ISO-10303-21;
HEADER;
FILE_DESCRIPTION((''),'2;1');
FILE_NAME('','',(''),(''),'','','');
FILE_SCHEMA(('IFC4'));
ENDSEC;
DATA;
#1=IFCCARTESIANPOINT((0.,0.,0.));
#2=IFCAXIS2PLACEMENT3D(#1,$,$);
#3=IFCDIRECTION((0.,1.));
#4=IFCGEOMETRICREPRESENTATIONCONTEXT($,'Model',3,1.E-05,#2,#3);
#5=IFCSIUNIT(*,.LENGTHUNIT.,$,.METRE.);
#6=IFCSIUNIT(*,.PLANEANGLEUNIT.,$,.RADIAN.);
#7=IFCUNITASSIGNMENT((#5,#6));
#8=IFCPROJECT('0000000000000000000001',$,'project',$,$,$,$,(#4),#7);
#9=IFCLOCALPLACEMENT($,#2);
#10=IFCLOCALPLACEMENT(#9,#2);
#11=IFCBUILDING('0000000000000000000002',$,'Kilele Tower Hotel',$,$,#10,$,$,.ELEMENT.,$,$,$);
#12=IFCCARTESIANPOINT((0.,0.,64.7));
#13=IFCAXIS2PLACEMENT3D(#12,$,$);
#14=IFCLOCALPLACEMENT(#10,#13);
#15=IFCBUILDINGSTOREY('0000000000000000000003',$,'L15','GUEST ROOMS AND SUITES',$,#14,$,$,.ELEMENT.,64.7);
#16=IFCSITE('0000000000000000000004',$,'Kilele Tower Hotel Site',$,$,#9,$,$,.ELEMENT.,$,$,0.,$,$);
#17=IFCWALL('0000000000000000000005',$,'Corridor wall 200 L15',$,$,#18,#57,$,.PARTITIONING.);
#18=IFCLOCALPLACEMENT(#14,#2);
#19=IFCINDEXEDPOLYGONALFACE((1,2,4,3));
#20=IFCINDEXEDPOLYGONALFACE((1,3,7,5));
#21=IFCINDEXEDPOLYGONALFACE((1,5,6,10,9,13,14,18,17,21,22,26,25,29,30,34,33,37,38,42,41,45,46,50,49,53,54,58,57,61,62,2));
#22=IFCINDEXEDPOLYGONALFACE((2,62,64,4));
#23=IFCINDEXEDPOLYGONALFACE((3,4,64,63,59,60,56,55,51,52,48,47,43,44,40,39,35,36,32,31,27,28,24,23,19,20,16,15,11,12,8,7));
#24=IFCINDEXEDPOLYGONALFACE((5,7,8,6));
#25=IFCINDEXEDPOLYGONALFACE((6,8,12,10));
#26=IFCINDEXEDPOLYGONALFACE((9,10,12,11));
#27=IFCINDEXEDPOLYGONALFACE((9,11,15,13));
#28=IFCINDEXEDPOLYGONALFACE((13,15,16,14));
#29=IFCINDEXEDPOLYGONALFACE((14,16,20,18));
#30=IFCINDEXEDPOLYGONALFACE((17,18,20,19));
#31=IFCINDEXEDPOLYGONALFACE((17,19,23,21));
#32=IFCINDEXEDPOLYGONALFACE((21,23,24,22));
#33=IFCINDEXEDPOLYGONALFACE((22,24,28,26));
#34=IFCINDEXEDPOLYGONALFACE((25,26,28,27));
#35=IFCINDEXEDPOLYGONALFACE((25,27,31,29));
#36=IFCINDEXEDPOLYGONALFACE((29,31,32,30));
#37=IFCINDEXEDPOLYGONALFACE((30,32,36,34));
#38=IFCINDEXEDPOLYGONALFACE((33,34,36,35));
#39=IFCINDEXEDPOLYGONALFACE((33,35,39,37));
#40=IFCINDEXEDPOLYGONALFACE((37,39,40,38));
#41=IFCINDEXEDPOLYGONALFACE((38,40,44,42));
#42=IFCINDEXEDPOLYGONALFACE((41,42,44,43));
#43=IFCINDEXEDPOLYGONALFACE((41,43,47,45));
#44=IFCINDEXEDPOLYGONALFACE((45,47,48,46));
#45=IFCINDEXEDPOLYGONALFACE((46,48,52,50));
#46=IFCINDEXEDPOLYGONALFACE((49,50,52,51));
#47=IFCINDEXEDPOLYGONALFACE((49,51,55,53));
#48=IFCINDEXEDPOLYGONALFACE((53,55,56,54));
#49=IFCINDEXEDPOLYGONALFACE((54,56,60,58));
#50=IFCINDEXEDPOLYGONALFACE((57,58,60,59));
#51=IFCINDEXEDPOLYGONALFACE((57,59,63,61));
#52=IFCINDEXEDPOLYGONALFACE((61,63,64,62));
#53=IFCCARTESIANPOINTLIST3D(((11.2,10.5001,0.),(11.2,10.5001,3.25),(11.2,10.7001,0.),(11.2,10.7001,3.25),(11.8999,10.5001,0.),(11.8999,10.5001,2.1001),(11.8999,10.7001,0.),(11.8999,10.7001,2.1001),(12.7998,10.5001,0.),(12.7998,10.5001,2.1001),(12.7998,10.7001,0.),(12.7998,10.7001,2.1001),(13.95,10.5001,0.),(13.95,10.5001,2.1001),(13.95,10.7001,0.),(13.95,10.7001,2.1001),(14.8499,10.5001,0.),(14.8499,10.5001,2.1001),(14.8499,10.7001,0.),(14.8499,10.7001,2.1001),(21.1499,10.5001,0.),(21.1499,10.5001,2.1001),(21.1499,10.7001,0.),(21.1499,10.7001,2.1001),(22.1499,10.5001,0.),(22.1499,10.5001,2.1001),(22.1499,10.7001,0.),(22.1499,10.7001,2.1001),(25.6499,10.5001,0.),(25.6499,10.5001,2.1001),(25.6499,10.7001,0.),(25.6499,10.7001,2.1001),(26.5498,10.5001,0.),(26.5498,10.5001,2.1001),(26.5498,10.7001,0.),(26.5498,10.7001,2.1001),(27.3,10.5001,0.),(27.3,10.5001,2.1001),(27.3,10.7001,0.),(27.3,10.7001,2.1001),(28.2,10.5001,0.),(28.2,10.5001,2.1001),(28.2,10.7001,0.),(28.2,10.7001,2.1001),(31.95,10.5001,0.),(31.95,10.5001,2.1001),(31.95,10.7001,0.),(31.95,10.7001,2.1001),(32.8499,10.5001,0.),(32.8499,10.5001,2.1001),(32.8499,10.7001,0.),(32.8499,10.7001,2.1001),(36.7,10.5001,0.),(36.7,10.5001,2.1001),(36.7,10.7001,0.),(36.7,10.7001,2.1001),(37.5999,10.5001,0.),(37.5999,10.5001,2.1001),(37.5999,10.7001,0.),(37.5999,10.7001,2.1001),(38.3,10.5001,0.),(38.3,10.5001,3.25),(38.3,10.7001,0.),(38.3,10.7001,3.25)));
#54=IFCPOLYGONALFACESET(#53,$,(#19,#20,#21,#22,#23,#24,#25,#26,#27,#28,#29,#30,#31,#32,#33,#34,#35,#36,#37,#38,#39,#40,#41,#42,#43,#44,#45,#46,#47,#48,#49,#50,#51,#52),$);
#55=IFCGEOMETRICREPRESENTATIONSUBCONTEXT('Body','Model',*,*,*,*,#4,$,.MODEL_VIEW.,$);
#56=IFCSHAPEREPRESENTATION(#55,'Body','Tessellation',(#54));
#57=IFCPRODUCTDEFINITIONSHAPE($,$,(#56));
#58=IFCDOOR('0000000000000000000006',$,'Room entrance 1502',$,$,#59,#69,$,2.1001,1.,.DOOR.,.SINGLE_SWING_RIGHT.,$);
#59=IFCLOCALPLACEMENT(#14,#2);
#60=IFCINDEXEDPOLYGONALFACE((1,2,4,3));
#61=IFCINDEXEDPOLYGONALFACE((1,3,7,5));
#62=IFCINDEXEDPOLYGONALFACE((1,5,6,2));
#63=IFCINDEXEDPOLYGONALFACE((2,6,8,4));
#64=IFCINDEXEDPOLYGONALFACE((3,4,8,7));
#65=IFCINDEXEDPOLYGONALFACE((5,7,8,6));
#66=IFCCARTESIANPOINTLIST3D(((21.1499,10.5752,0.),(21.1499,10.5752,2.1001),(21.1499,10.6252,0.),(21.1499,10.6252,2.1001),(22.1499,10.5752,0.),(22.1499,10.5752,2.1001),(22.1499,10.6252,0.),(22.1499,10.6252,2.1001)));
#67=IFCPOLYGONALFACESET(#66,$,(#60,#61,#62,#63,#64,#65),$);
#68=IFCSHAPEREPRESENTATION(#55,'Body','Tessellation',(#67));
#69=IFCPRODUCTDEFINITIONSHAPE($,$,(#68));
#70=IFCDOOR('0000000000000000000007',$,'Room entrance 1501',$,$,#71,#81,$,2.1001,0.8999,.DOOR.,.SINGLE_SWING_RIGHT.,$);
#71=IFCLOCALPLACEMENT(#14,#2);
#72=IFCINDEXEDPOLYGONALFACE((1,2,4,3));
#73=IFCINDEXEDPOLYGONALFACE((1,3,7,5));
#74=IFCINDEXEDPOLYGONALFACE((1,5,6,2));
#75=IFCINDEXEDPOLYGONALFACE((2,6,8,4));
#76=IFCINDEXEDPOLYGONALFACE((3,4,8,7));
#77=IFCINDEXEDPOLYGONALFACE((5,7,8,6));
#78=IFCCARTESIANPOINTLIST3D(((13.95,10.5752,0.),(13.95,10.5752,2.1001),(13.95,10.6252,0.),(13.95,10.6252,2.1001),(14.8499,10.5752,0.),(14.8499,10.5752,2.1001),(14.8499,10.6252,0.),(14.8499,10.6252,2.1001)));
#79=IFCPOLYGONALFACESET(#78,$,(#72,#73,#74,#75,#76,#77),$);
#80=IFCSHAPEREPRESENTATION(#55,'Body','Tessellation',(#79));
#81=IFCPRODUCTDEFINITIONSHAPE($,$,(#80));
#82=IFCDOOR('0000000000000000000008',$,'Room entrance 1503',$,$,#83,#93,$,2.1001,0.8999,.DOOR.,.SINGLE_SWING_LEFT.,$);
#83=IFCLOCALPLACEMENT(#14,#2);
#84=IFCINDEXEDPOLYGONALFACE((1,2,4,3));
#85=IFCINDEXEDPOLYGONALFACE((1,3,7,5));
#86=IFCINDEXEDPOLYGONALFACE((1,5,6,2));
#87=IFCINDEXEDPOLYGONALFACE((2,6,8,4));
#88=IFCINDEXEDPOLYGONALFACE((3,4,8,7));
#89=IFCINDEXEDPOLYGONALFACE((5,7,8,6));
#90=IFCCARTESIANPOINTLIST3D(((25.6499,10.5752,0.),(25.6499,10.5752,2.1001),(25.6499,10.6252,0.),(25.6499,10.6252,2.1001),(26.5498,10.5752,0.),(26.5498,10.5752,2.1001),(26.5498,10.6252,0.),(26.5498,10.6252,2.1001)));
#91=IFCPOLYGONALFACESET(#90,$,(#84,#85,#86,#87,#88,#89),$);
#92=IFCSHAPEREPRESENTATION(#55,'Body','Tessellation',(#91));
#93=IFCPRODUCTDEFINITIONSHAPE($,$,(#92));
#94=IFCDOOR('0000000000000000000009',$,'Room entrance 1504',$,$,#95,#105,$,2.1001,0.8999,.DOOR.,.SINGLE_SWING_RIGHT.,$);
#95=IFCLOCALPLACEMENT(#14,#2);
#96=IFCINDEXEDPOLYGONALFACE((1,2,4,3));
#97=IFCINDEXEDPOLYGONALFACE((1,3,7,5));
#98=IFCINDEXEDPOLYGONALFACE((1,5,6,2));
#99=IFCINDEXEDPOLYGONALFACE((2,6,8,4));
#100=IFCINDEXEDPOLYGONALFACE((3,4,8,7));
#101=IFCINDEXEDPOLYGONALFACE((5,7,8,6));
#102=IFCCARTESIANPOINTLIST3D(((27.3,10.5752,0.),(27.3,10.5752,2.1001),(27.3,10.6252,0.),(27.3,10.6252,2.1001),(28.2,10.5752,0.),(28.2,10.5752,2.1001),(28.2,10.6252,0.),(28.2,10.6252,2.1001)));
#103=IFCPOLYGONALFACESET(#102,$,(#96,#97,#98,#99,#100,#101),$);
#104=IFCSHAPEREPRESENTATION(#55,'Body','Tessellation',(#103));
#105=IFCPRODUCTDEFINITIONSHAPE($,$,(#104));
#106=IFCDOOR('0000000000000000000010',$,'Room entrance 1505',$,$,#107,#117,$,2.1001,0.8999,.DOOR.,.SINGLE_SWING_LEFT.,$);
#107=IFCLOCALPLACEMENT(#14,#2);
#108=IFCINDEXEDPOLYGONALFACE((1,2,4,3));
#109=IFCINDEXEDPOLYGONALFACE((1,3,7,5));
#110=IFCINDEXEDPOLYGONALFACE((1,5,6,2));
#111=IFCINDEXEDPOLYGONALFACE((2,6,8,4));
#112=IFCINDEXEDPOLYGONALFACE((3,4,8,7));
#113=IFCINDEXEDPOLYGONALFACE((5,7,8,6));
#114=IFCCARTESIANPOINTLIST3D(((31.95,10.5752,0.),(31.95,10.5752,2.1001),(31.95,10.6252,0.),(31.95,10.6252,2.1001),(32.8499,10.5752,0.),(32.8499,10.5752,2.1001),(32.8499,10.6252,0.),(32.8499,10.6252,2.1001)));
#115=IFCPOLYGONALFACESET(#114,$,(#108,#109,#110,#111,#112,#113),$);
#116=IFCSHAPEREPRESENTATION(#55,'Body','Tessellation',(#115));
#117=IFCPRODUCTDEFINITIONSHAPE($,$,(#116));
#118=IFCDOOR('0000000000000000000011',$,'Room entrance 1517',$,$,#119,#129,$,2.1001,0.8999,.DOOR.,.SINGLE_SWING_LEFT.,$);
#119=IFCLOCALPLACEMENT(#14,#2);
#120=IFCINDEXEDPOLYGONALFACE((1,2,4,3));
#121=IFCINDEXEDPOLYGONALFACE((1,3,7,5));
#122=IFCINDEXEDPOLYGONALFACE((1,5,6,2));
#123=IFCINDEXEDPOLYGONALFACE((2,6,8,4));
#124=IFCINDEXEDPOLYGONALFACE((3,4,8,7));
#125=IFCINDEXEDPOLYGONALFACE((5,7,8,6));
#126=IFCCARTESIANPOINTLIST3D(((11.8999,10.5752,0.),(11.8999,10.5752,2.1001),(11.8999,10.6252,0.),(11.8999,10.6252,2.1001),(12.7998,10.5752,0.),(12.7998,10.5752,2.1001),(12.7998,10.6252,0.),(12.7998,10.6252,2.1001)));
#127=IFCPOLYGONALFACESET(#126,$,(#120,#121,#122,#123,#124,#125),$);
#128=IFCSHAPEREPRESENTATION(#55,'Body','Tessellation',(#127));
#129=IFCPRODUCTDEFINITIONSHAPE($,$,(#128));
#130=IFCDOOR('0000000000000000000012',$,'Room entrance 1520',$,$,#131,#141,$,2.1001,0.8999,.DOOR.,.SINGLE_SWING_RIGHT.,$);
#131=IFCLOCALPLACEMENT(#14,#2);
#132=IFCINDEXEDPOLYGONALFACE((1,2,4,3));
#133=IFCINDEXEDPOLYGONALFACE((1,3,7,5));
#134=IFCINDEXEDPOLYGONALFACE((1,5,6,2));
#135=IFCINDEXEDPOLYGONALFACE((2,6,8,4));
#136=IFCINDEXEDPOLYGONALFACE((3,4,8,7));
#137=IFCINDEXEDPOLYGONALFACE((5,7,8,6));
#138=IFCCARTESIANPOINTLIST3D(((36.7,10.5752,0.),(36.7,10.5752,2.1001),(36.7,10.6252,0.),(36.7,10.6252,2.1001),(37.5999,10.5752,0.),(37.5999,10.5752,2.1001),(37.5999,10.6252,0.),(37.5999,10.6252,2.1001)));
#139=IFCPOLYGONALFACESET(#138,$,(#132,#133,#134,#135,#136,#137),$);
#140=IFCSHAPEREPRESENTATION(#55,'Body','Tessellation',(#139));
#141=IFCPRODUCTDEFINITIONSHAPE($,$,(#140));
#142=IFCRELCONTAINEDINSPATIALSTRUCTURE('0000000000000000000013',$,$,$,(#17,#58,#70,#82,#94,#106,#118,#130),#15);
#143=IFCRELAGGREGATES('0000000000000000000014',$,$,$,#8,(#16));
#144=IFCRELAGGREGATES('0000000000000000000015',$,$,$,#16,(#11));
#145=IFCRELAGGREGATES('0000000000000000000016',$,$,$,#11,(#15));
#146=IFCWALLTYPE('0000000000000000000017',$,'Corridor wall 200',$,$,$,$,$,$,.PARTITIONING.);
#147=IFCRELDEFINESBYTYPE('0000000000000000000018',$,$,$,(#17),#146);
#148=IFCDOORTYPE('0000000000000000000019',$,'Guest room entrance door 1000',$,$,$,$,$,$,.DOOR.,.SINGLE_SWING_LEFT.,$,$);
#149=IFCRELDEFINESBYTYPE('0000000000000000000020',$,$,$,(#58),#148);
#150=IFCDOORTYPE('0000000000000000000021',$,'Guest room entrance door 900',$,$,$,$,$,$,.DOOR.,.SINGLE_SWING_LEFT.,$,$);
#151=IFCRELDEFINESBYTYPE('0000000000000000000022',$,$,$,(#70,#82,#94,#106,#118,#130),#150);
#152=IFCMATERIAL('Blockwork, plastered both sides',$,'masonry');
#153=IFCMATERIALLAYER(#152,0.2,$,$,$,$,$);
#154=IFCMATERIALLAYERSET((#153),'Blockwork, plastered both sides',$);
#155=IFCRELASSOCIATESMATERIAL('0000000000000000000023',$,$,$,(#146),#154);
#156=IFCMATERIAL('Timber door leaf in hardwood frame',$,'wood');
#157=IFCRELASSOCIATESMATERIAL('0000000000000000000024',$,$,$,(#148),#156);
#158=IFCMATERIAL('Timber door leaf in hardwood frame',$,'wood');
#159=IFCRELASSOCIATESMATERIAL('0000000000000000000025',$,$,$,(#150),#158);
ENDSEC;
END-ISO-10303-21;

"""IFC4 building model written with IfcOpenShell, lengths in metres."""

from ifc_helpers import new_model, si_unit, direction, frame, frame_2d, origin, place, context, subcontext, project, spatial, rectangle, extrude, material, layer, layer_set, type_object, element, fill, save


model = new_model("IFC4")

# Units and contexts
model_context = context("Model", 3, precision=1e-05, world=origin(), true_north=direction((0.0, 1.0)))
body_context = subcontext(model_context, "Body", "Model", "MODEL_VIEW")
ifc_project = project(units=[si_unit("LENGTHUNIT", "METRE"), si_unit("PLANEANGLEUNIT", "RADIAN")], contexts=[model_context])

# Site, building, storey
site_placement = place(None, origin())
site = spatial("IfcSite", under=ifc_project, at=site_placement, Name="Kilele Tower Hotel Site", CompositionType="ELEMENT", RefElevation=0.0)
building_placement = place(site_placement, origin())
building = spatial("IfcBuilding", under=site, at=building_placement, Name="Kilele Tower Hotel", CompositionType="ELEMENT")
storey_placement = place(building_placement, frame((0.0, 0.0, 64.7)))
storey = spatial("IfcBuildingStorey", under=building, at=storey_placement, Name="L15", Description="GUEST ROOMS AND SUITES", CompositionType="ELEMENT", Elevation=64.7)

# Wall, openings, doors
ifc_material_1 = material(Name="Blockwork, plastered both sides", Category="masonry")
ifc_layer_1 = layer(ifc_material_1, 0.2)
ifc_layer_set_1 = layer_set([ifc_layer_1], Name="Blockwork, plastered both sides")
wall_type_1 = type_object("IfcWallType", Name="Corridor wall 200", PredefinedType="PARTITIONING", material=ifc_layer_set_1)
wall_1_placement = place(storey_placement, frame((11.2, 10.6001, 0.0), z_axis=(0.0, 0.0, 1.0), x_axis=(1.0, 0.0, 0.0)))
wall_1 = element("IfcWall", 1, at=wall_1_placement, inside=storey, type_object=wall_type_1, Name="Corridor wall 200 L15", PredefinedType="PARTITIONING", context=body_context, shape_type="SweptSolid", body=[
    extrude(rectangle(XDim=27.1001, YDim=0.2, at=frame_2d((13.55, 0.0))), origin(), (0.0, 0.0, 1.0), 3.25),
])
opening_1_placement = place(wall_1_placement, frame((3.6499, 0.0, 0.0), z_axis=(0.0, 0.0, 1.0), x_axis=(-1.0, 0.0, 0.0)))
opening_1 = element("IfcOpeningElement", 2, at=opening_1_placement, cuts=wall_1, PredefinedType="OPENING", context=body_context, shape_type="SweptSolid", body=[
    extrude(rectangle(XDim=0.8999, YDim=2.1001, at=frame_2d((0.45, 1.05))), frame((0.0, 0.1099, 0.0), z_axis=(0.0, -1.0, 0.0), x_axis=(1.0, 0.0, 0.0)), (0.0, 0.0, 1.0), 0.22),
])
opening_2_placement = place(wall_1_placement, frame((10.95, 0.0, 0.0), z_axis=(0.0, 0.0, 1.0), x_axis=(-1.0, 0.0, 0.0)))
opening_2 = element("IfcOpeningElement", 3, at=opening_2_placement, cuts=wall_1, PredefinedType="OPENING", context=body_context, shape_type="SweptSolid", body=[
    extrude(rectangle(XDim=1.0, YDim=2.1001, at=frame_2d((0.5, 1.05))), frame((0.0, 0.1099, 0.0), z_axis=(0.0, -1.0, 0.0), x_axis=(1.0, 0.0, 0.0)), (0.0, 0.0, 1.0), 0.22),
])
opening_3_placement = place(wall_1_placement, frame((15.3499, 0.0, 0.0), z_axis=(0.0, 0.0, 1.0), x_axis=(-1.0, 0.0, 0.0)))
opening_3 = element("IfcOpeningElement", 4, at=opening_3_placement, cuts=wall_1, PredefinedType="OPENING", context=body_context, shape_type="SweptSolid", body=[
    extrude(rectangle(XDim=0.8999, YDim=2.1001, at=frame_2d((0.45, 1.05))), frame((0.0, 0.1099, 0.0), z_axis=(0.0, -1.0, 0.0), x_axis=(1.0, 0.0, 0.0)), (0.0, 0.0, 1.0), 0.22),
])
opening_4_placement = place(wall_1_placement, frame((17.0, 0.0, 0.0), z_axis=(0.0, 0.0, 1.0), x_axis=(-1.0, 0.0, 0.0)))
opening_4 = element("IfcOpeningElement", 5, at=opening_4_placement, cuts=wall_1, PredefinedType="OPENING", context=body_context, shape_type="SweptSolid", body=[
    extrude(rectangle(XDim=0.8999, YDim=2.1001, at=frame_2d((0.45, 1.05))), frame((0.0, 0.1099, 0.0), z_axis=(0.0, -1.0, 0.0), x_axis=(1.0, 0.0, 0.0)), (0.0, 0.0, 1.0), 0.22),
])
opening_5_placement = place(wall_1_placement, frame((21.6499, 0.0, 0.0), z_axis=(0.0, 0.0, 1.0), x_axis=(-1.0, 0.0, 0.0)))
opening_5 = element("IfcOpeningElement", 6, at=opening_5_placement, cuts=wall_1, PredefinedType="OPENING", context=body_context, shape_type="SweptSolid", body=[
    extrude(rectangle(XDim=0.8999, YDim=2.1001, at=frame_2d((0.45, 1.05))), frame((0.0, 0.1099, 0.0), z_axis=(0.0, -1.0, 0.0), x_axis=(1.0, 0.0, 0.0)), (0.0, 0.0, 1.0), 0.22),
])
opening_6_placement = place(wall_1_placement, frame((1.5999, 0.0, 0.0), z_axis=(0.0, 0.0, 1.0), x_axis=(-1.0, 0.0, 0.0)))
opening_6 = element("IfcOpeningElement", 7, at=opening_6_placement, cuts=wall_1, PredefinedType="OPENING", context=body_context, shape_type="SweptSolid", body=[
    extrude(rectangle(XDim=0.8999, YDim=2.1001, at=frame_2d((0.45, 1.05))), frame((0.0, 0.1099, 0.0), z_axis=(0.0, -1.0, 0.0), x_axis=(1.0, 0.0, 0.0)), (0.0, 0.0, 1.0), 0.22),
])
opening_7_placement = place(wall_1_placement, frame((26.3999, 0.0, 0.0), z_axis=(0.0, 0.0, 1.0), x_axis=(-1.0, 0.0, 0.0)))
opening_7 = element("IfcOpeningElement", 8, at=opening_7_placement, cuts=wall_1, PredefinedType="OPENING", context=body_context, shape_type="SweptSolid", body=[
    extrude(rectangle(XDim=0.8999, YDim=2.1001, at=frame_2d((0.45, 1.05))), frame((0.0, 0.1099, 0.0), z_axis=(0.0, -1.0, 0.0), x_axis=(1.0, 0.0, 0.0)), (0.0, 0.0, 1.0), 0.22),
])
ifc_material_2 = material(Name="Timber door leaf in hardwood frame", Category="wood")
door_type_1 = type_object("IfcDoorType", Name="Guest room entrance door 1000", OperationType="SINGLE_SWING_LEFT", PredefinedType="DOOR", material=ifc_material_2)
door_1_placement = place(opening_2_placement, origin())
door_1 = element("IfcDoor", 9, at=door_1_placement, inside=storey, type_object=door_type_1, Name="Room entrance 1502", OperationType="SINGLE_SWING_RIGHT", OverallHeight=2.1001, OverallWidth=1.0, PredefinedType="DOOR", context=body_context, shape_type="SweptSolid", body=[
    extrude(rectangle(XDim=1.0, YDim=2.1001, at=frame_2d((0.5, 1.05))), frame((0.0, 0.0249, 0.0), z_axis=(0.0, -1.0, 0.0), x_axis=(1.0, 0.0, 0.0)), (0.0, 0.0, 1.0), 0.05),
])
fill(opening_2, door_1)
ifc_material_3 = material(Name="Timber door leaf in hardwood frame", Category="wood")
door_type_2 = type_object("IfcDoorType", Name="Guest room entrance door 900", OperationType="SINGLE_SWING_LEFT", PredefinedType="DOOR", material=ifc_material_3)
door_2_placement = place(opening_1_placement, origin())
door_2 = element("IfcDoor", 10, at=door_2_placement, inside=storey, type_object=door_type_2, Name="Room entrance 1501", OperationType="SINGLE_SWING_RIGHT", OverallHeight=2.1001, OverallWidth=0.8999, PredefinedType="DOOR", context=body_context, shape_type="SweptSolid", body=[
    extrude(rectangle(XDim=0.8999, YDim=2.1001, at=frame_2d((0.45, 1.05))), frame((0.0, 0.0249, 0.0), z_axis=(0.0, -1.0, 0.0), x_axis=(1.0, 0.0, 0.0)), (0.0, 0.0, 1.0), 0.05),
])
fill(opening_1, door_2)
door_3_placement = place(opening_3_placement, origin())
door_3 = element("IfcDoor", 11, at=door_3_placement, inside=storey, type_object=door_type_2, Name="Room entrance 1503", OperationType="SINGLE_SWING_LEFT", OverallHeight=2.1001, OverallWidth=0.8999, PredefinedType="DOOR", context=body_context, shape_type="SweptSolid", body=[
    extrude(rectangle(XDim=0.8999, YDim=2.1001, at=frame_2d((0.45, 1.05))), frame((0.0, 0.0249, 0.0), z_axis=(0.0, -1.0, 0.0), x_axis=(1.0, 0.0, 0.0)), (0.0, 0.0, 1.0), 0.05),
])
fill(opening_3, door_3)
door_4_placement = place(opening_4_placement, origin())
door_4 = element("IfcDoor", 12, at=door_4_placement, inside=storey, type_object=door_type_2, Name="Room entrance 1504", OperationType="SINGLE_SWING_RIGHT", OverallHeight=2.1001, OverallWidth=0.8999, PredefinedType="DOOR", context=body_context, shape_type="SweptSolid", body=[
    extrude(rectangle(XDim=0.8999, YDim=2.1001, at=frame_2d((0.45, 1.05))), frame((0.0, 0.0249, 0.0), z_axis=(0.0, -1.0, 0.0), x_axis=(1.0, 0.0, 0.0)), (0.0, 0.0, 1.0), 0.05),
])
fill(opening_4, door_4)
door_5_placement = place(opening_5_placement, origin())
door_5 = element("IfcDoor", 13, at=door_5_placement, inside=storey, type_object=door_type_2, Name="Room entrance 1505", OperationType="SINGLE_SWING_LEFT", OverallHeight=2.1001, OverallWidth=0.8999, PredefinedType="DOOR", context=body_context, shape_type="SweptSolid", body=[
    extrude(rectangle(XDim=0.8999, YDim=2.1001, at=frame_2d((0.45, 1.05))), frame((0.0, 0.0249, 0.0), z_axis=(0.0, -1.0, 0.0), x_axis=(1.0, 0.0, 0.0)), (0.0, 0.0, 1.0), 0.05),
])
fill(opening_5, door_5)
door_6_placement = place(opening_6_placement, origin())
door_6 = element("IfcDoor", 14, at=door_6_placement, inside=storey, type_object=door_type_2, Name="Room entrance 1517", OperationType="SINGLE_SWING_LEFT", OverallHeight=2.1001, OverallWidth=0.8999, PredefinedType="DOOR", context=body_context, shape_type="SweptSolid", body=[
    extrude(rectangle(XDim=0.8999, YDim=2.1001, at=frame_2d((0.45, 1.05))), frame((0.0, 0.0249, 0.0), z_axis=(0.0, -1.0, 0.0), x_axis=(1.0, 0.0, 0.0)), (0.0, 0.0, 1.0), 0.05),
])
fill(opening_6, door_6)
door_7_placement = place(opening_7_placement, origin())
door_7 = element("IfcDoor", 15, at=door_7_placement, inside=storey, type_object=door_type_2, Name="Room entrance 1520", OperationType="SINGLE_SWING_RIGHT", OverallHeight=2.1001, OverallWidth=0.8999, PredefinedType="DOOR", context=body_context, shape_type="SweptSolid", body=[
    extrude(rectangle(XDim=0.8999, YDim=2.1001, at=frame_2d((0.45, 1.05))), frame((0.0, 0.0249, 0.0), z_axis=(0.0, -1.0, 0.0), x_axis=(1.0, 0.0, 0.0)), (0.0, 0.0, 1.0), 0.05),
])
fill(opening_7, door_7)

save(model, "model.ifc")
